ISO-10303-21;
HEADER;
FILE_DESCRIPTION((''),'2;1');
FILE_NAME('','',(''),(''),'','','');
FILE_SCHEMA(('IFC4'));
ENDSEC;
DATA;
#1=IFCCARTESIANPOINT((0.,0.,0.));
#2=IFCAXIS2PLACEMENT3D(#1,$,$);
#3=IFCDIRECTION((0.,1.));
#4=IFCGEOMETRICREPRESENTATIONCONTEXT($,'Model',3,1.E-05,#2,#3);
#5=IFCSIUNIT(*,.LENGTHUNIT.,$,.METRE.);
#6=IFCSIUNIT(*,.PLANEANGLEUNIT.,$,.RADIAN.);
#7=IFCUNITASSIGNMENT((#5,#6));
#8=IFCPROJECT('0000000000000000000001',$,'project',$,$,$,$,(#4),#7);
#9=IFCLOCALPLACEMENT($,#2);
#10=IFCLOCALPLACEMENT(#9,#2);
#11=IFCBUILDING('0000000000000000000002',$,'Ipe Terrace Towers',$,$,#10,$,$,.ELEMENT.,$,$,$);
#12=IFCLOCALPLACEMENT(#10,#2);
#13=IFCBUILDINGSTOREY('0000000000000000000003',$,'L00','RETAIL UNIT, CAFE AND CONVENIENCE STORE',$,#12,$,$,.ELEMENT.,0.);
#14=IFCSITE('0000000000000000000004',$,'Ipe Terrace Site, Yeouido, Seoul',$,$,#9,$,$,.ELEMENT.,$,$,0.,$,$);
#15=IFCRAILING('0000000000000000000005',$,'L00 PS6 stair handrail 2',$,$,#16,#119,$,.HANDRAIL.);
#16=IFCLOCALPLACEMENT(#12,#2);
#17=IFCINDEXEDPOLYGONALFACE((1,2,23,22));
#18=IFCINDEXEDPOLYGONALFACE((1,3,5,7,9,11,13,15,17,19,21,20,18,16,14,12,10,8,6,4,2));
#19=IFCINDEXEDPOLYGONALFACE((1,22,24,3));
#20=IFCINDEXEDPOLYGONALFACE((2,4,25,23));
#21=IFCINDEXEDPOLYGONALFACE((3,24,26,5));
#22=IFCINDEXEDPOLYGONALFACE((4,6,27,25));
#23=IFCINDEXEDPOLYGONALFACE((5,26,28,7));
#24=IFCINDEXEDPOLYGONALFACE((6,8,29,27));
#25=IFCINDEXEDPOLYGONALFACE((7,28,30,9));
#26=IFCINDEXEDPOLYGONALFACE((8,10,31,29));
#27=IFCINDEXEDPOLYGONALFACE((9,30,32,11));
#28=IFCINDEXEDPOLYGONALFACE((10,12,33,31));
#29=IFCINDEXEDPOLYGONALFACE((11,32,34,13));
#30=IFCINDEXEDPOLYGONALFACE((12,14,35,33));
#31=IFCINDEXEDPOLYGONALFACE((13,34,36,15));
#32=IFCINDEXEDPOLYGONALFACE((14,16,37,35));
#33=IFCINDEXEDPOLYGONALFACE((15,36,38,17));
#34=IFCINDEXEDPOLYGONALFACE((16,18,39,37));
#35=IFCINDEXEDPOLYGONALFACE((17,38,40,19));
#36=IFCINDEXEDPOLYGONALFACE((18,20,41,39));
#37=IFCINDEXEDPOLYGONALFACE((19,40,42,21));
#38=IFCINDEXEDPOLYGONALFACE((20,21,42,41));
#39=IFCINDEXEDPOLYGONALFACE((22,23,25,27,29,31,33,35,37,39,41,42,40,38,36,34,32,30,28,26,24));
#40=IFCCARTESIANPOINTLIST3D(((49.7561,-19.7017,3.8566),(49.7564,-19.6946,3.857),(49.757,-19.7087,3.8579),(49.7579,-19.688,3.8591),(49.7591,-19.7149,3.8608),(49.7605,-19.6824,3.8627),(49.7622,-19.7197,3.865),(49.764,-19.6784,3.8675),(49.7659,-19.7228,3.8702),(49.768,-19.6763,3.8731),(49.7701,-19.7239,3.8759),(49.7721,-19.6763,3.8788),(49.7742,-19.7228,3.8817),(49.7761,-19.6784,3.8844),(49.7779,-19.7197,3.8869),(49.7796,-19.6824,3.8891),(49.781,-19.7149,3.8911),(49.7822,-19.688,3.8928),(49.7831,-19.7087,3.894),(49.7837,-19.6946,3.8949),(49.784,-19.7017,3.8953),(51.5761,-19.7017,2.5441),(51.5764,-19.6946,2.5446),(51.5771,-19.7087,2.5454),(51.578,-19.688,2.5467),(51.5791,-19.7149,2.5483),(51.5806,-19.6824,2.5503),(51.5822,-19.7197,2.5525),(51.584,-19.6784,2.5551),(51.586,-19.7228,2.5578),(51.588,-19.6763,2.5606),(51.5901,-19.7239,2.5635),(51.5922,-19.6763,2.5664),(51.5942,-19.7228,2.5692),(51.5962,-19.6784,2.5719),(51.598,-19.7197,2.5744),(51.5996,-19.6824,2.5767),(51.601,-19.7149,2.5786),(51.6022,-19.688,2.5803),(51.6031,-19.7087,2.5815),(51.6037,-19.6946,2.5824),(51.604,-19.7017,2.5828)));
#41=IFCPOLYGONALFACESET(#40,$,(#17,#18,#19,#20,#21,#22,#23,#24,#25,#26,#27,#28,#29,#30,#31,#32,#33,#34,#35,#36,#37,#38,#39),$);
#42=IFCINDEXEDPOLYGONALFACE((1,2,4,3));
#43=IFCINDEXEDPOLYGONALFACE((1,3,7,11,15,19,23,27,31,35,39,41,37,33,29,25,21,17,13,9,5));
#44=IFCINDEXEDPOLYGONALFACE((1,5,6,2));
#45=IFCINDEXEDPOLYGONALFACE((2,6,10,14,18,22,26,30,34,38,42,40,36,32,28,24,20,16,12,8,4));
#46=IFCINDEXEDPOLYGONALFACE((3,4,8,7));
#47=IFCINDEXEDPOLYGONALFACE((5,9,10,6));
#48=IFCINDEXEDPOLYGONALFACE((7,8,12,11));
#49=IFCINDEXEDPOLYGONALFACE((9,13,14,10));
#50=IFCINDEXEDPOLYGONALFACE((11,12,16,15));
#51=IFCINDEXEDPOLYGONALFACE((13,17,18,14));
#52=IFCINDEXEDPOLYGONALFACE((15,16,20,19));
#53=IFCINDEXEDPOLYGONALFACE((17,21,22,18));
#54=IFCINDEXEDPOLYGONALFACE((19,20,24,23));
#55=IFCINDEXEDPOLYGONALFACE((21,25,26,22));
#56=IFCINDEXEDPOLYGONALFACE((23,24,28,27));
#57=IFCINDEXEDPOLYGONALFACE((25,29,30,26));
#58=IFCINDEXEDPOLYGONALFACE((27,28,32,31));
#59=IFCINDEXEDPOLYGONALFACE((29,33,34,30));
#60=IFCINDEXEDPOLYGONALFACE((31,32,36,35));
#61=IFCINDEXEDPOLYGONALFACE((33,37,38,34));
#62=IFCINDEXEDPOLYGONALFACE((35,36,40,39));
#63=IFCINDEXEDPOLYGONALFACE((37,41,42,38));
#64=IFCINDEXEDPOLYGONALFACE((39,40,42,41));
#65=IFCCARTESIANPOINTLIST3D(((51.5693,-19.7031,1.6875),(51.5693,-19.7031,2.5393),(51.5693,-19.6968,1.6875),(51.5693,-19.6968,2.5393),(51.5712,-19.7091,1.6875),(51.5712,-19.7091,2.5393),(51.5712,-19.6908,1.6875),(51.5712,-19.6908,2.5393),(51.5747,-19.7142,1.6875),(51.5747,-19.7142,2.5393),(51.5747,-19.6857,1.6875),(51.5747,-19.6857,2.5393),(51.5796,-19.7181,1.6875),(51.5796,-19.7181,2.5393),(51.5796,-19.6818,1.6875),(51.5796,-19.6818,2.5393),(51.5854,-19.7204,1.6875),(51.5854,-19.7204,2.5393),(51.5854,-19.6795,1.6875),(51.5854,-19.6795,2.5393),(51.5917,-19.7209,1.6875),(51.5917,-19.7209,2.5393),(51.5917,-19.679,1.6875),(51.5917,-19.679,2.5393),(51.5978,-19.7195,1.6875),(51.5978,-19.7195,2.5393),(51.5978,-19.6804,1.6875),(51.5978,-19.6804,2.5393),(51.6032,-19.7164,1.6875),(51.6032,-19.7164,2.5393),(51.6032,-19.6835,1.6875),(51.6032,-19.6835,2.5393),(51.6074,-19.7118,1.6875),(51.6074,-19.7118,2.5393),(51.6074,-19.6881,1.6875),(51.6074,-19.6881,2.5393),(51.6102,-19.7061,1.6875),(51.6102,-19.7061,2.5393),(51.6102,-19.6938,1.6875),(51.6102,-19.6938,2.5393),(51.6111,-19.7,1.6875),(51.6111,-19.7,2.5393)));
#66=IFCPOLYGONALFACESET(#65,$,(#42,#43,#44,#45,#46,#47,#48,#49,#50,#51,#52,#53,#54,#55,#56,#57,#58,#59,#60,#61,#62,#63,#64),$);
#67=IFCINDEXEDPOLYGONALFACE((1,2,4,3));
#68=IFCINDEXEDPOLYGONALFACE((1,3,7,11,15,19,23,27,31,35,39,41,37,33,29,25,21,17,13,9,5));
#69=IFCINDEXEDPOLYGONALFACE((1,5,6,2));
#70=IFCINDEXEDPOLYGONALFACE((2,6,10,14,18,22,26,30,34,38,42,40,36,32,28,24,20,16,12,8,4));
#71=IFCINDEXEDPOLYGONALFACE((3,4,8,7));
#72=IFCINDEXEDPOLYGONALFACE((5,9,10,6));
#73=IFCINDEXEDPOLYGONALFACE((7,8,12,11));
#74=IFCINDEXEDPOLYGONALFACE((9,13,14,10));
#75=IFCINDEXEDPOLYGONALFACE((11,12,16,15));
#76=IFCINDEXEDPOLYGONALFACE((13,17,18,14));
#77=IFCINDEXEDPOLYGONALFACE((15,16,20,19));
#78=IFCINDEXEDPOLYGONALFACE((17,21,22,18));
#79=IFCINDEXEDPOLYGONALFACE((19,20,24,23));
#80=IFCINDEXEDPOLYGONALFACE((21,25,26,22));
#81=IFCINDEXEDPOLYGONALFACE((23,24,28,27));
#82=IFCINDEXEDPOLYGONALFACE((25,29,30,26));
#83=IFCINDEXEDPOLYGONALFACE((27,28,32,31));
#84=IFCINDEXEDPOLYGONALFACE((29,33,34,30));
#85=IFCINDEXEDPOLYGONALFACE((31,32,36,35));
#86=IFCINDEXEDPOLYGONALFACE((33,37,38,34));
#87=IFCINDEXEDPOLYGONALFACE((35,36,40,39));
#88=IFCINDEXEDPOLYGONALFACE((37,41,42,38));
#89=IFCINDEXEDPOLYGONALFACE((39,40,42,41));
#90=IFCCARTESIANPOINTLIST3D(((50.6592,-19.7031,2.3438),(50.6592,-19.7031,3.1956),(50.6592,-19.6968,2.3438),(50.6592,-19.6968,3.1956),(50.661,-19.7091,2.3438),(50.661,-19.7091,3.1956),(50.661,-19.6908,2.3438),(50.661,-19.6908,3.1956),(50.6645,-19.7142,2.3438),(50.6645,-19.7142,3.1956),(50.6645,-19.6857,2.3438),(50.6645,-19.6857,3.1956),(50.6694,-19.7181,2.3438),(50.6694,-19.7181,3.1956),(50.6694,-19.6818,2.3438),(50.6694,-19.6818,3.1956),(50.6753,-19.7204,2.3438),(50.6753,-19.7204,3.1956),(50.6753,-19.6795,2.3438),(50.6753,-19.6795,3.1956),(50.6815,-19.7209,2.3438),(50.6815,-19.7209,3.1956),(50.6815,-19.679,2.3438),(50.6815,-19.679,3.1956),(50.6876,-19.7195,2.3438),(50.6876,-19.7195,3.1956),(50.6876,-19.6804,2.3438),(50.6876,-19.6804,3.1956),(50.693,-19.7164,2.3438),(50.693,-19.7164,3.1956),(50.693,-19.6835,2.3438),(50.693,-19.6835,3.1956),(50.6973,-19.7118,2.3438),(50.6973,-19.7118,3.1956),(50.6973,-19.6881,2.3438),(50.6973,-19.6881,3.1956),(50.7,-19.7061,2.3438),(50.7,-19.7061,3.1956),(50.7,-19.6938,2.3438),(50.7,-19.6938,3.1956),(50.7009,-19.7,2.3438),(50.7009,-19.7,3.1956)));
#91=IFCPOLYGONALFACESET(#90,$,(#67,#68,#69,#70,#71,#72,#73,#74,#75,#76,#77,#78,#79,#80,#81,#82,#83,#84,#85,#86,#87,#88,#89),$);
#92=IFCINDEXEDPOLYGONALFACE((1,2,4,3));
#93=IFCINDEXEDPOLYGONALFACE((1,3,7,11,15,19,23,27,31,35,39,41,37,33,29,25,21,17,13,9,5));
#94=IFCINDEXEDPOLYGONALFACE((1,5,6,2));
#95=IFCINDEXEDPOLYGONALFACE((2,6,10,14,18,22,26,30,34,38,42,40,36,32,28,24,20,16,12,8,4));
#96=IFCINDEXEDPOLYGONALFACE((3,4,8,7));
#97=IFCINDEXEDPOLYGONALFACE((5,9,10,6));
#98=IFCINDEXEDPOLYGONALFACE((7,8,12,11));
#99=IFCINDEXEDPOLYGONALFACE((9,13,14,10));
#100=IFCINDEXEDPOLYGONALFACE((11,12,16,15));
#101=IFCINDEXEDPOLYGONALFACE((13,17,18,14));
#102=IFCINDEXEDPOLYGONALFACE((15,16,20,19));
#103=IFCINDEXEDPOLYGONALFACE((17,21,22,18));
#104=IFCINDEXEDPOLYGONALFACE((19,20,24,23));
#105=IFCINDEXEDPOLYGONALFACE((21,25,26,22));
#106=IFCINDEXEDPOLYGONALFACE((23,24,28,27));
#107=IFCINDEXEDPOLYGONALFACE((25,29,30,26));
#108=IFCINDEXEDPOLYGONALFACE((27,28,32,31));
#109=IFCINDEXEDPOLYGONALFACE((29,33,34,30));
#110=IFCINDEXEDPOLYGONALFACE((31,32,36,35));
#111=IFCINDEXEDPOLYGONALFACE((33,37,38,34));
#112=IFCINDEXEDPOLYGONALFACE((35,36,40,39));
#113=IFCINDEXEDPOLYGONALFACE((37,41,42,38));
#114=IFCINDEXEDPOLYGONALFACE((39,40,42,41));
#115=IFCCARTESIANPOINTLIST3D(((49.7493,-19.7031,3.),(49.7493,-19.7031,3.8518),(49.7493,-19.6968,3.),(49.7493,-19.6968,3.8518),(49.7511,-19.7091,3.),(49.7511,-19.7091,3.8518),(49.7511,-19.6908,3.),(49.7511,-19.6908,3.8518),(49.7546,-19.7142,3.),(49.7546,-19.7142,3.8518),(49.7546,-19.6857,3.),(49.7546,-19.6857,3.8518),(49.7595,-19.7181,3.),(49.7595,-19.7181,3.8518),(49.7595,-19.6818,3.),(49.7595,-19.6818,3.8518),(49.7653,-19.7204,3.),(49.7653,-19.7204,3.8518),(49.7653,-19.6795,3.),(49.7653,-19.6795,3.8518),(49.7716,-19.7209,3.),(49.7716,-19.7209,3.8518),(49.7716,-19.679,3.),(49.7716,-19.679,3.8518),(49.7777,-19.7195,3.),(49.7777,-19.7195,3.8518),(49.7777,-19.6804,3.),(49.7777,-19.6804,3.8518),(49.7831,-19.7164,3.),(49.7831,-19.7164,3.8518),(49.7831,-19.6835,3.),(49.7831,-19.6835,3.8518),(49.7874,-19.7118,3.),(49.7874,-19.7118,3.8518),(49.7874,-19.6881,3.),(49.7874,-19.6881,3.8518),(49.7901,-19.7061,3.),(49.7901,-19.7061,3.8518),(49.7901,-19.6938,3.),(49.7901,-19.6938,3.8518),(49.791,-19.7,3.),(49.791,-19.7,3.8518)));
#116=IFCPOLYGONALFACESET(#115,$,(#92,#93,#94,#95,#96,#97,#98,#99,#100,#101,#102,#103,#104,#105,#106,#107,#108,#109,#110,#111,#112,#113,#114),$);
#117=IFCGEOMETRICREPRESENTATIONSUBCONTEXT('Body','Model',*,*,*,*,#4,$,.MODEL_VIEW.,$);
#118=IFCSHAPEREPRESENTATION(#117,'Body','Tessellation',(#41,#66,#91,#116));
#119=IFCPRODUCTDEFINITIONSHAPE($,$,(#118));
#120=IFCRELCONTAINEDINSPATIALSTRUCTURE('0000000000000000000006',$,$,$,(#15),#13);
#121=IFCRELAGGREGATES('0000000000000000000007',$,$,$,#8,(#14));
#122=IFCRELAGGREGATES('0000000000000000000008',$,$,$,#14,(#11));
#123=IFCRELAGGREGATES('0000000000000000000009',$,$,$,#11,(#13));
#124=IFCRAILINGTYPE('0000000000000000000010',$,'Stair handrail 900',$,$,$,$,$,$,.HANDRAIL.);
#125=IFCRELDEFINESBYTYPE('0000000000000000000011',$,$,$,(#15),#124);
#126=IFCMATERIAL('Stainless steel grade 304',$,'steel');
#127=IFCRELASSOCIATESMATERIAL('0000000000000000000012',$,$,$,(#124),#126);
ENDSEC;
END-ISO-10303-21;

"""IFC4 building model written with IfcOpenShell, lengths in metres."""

from ifc_helpers import new_model, si_unit, direction, frame, origin, origin_2d, place, context, subcontext, project, spatial, circle, extrude, material, type_object, element, save


model = new_model("IFC4")

# Units and contexts
model_context = context("Model", 3, precision=1e-05, world=origin(), true_north=direction((0.0, 1.0)))
body_context = subcontext(model_context, "Body", "Model", "MODEL_VIEW")
ifc_project = project(units=[si_unit("LENGTHUNIT", "METRE"), si_unit("PLANEANGLEUNIT", "RADIAN")], contexts=[model_context])

# Site, building, storey
site_placement = place(None, origin())
site = spatial("IfcSite", under=ifc_project, at=site_placement, Name="Ipe Terrace Site, Yeouido, Seoul", CompositionType="ELEMENT", RefElevation=0.0)
building_placement = place(site_placement, origin())
building = spatial("IfcBuilding", under=site, at=building_placement, Name="Ipe Terrace Towers", CompositionType="ELEMENT")
storey_placement = place(building_placement, origin())
storey = spatial("IfcBuildingStorey", under=building, at=storey_placement, Name="L00", Description="RETAIL UNIT, CAFE AND CONVENIENCE STORE", CompositionType="ELEMENT", Elevation=0.0)

# Railing
ifc_material_1 = material(Name="Stainless steel grade 304", Category="steel")
railing_type_1 = type_object("IfcRailingType", Name="Stair handrail 900", PredefinedType="HANDRAIL", material=ifc_material_1)
railing_1_placement = place(storey_placement, frame((51.5901, -19.7, 1.6875)))
element("IfcRailing", 1, at=railing_1_placement, inside=storey, type_object=railing_type_1, Name="L00 PS6 stair handrail 2", PredefinedType="HANDRAIL", context=body_context, shape_type="SweptSolid", body=[
    extrude(circle(Radius=0.0239, at=origin_2d()), frame((0.0, 0.0, 0.876), z_axis=(-0.811101, 0.0, 0.584906), x_axis=(0.0, -1.0, 0.0)), (0.0, 0.0, 1.0), 2.2439),
    extrude(circle(Radius=0.021, at=origin_2d()), origin(), (0.0, 0.0, 1.0), 0.8518),
    extrude(circle(Radius=0.021, at=origin_2d()), frame((-0.9102, 0.0, 0.6562)), (0.0, 0.0, 1.0), 0.8518),
    extrude(circle(Radius=0.021, at=origin_2d()), frame((-1.8201, 0.0, 1.3125)), (0.0, 0.0, 1.0), 0.8518),
])

save(model, "model.ifc")
